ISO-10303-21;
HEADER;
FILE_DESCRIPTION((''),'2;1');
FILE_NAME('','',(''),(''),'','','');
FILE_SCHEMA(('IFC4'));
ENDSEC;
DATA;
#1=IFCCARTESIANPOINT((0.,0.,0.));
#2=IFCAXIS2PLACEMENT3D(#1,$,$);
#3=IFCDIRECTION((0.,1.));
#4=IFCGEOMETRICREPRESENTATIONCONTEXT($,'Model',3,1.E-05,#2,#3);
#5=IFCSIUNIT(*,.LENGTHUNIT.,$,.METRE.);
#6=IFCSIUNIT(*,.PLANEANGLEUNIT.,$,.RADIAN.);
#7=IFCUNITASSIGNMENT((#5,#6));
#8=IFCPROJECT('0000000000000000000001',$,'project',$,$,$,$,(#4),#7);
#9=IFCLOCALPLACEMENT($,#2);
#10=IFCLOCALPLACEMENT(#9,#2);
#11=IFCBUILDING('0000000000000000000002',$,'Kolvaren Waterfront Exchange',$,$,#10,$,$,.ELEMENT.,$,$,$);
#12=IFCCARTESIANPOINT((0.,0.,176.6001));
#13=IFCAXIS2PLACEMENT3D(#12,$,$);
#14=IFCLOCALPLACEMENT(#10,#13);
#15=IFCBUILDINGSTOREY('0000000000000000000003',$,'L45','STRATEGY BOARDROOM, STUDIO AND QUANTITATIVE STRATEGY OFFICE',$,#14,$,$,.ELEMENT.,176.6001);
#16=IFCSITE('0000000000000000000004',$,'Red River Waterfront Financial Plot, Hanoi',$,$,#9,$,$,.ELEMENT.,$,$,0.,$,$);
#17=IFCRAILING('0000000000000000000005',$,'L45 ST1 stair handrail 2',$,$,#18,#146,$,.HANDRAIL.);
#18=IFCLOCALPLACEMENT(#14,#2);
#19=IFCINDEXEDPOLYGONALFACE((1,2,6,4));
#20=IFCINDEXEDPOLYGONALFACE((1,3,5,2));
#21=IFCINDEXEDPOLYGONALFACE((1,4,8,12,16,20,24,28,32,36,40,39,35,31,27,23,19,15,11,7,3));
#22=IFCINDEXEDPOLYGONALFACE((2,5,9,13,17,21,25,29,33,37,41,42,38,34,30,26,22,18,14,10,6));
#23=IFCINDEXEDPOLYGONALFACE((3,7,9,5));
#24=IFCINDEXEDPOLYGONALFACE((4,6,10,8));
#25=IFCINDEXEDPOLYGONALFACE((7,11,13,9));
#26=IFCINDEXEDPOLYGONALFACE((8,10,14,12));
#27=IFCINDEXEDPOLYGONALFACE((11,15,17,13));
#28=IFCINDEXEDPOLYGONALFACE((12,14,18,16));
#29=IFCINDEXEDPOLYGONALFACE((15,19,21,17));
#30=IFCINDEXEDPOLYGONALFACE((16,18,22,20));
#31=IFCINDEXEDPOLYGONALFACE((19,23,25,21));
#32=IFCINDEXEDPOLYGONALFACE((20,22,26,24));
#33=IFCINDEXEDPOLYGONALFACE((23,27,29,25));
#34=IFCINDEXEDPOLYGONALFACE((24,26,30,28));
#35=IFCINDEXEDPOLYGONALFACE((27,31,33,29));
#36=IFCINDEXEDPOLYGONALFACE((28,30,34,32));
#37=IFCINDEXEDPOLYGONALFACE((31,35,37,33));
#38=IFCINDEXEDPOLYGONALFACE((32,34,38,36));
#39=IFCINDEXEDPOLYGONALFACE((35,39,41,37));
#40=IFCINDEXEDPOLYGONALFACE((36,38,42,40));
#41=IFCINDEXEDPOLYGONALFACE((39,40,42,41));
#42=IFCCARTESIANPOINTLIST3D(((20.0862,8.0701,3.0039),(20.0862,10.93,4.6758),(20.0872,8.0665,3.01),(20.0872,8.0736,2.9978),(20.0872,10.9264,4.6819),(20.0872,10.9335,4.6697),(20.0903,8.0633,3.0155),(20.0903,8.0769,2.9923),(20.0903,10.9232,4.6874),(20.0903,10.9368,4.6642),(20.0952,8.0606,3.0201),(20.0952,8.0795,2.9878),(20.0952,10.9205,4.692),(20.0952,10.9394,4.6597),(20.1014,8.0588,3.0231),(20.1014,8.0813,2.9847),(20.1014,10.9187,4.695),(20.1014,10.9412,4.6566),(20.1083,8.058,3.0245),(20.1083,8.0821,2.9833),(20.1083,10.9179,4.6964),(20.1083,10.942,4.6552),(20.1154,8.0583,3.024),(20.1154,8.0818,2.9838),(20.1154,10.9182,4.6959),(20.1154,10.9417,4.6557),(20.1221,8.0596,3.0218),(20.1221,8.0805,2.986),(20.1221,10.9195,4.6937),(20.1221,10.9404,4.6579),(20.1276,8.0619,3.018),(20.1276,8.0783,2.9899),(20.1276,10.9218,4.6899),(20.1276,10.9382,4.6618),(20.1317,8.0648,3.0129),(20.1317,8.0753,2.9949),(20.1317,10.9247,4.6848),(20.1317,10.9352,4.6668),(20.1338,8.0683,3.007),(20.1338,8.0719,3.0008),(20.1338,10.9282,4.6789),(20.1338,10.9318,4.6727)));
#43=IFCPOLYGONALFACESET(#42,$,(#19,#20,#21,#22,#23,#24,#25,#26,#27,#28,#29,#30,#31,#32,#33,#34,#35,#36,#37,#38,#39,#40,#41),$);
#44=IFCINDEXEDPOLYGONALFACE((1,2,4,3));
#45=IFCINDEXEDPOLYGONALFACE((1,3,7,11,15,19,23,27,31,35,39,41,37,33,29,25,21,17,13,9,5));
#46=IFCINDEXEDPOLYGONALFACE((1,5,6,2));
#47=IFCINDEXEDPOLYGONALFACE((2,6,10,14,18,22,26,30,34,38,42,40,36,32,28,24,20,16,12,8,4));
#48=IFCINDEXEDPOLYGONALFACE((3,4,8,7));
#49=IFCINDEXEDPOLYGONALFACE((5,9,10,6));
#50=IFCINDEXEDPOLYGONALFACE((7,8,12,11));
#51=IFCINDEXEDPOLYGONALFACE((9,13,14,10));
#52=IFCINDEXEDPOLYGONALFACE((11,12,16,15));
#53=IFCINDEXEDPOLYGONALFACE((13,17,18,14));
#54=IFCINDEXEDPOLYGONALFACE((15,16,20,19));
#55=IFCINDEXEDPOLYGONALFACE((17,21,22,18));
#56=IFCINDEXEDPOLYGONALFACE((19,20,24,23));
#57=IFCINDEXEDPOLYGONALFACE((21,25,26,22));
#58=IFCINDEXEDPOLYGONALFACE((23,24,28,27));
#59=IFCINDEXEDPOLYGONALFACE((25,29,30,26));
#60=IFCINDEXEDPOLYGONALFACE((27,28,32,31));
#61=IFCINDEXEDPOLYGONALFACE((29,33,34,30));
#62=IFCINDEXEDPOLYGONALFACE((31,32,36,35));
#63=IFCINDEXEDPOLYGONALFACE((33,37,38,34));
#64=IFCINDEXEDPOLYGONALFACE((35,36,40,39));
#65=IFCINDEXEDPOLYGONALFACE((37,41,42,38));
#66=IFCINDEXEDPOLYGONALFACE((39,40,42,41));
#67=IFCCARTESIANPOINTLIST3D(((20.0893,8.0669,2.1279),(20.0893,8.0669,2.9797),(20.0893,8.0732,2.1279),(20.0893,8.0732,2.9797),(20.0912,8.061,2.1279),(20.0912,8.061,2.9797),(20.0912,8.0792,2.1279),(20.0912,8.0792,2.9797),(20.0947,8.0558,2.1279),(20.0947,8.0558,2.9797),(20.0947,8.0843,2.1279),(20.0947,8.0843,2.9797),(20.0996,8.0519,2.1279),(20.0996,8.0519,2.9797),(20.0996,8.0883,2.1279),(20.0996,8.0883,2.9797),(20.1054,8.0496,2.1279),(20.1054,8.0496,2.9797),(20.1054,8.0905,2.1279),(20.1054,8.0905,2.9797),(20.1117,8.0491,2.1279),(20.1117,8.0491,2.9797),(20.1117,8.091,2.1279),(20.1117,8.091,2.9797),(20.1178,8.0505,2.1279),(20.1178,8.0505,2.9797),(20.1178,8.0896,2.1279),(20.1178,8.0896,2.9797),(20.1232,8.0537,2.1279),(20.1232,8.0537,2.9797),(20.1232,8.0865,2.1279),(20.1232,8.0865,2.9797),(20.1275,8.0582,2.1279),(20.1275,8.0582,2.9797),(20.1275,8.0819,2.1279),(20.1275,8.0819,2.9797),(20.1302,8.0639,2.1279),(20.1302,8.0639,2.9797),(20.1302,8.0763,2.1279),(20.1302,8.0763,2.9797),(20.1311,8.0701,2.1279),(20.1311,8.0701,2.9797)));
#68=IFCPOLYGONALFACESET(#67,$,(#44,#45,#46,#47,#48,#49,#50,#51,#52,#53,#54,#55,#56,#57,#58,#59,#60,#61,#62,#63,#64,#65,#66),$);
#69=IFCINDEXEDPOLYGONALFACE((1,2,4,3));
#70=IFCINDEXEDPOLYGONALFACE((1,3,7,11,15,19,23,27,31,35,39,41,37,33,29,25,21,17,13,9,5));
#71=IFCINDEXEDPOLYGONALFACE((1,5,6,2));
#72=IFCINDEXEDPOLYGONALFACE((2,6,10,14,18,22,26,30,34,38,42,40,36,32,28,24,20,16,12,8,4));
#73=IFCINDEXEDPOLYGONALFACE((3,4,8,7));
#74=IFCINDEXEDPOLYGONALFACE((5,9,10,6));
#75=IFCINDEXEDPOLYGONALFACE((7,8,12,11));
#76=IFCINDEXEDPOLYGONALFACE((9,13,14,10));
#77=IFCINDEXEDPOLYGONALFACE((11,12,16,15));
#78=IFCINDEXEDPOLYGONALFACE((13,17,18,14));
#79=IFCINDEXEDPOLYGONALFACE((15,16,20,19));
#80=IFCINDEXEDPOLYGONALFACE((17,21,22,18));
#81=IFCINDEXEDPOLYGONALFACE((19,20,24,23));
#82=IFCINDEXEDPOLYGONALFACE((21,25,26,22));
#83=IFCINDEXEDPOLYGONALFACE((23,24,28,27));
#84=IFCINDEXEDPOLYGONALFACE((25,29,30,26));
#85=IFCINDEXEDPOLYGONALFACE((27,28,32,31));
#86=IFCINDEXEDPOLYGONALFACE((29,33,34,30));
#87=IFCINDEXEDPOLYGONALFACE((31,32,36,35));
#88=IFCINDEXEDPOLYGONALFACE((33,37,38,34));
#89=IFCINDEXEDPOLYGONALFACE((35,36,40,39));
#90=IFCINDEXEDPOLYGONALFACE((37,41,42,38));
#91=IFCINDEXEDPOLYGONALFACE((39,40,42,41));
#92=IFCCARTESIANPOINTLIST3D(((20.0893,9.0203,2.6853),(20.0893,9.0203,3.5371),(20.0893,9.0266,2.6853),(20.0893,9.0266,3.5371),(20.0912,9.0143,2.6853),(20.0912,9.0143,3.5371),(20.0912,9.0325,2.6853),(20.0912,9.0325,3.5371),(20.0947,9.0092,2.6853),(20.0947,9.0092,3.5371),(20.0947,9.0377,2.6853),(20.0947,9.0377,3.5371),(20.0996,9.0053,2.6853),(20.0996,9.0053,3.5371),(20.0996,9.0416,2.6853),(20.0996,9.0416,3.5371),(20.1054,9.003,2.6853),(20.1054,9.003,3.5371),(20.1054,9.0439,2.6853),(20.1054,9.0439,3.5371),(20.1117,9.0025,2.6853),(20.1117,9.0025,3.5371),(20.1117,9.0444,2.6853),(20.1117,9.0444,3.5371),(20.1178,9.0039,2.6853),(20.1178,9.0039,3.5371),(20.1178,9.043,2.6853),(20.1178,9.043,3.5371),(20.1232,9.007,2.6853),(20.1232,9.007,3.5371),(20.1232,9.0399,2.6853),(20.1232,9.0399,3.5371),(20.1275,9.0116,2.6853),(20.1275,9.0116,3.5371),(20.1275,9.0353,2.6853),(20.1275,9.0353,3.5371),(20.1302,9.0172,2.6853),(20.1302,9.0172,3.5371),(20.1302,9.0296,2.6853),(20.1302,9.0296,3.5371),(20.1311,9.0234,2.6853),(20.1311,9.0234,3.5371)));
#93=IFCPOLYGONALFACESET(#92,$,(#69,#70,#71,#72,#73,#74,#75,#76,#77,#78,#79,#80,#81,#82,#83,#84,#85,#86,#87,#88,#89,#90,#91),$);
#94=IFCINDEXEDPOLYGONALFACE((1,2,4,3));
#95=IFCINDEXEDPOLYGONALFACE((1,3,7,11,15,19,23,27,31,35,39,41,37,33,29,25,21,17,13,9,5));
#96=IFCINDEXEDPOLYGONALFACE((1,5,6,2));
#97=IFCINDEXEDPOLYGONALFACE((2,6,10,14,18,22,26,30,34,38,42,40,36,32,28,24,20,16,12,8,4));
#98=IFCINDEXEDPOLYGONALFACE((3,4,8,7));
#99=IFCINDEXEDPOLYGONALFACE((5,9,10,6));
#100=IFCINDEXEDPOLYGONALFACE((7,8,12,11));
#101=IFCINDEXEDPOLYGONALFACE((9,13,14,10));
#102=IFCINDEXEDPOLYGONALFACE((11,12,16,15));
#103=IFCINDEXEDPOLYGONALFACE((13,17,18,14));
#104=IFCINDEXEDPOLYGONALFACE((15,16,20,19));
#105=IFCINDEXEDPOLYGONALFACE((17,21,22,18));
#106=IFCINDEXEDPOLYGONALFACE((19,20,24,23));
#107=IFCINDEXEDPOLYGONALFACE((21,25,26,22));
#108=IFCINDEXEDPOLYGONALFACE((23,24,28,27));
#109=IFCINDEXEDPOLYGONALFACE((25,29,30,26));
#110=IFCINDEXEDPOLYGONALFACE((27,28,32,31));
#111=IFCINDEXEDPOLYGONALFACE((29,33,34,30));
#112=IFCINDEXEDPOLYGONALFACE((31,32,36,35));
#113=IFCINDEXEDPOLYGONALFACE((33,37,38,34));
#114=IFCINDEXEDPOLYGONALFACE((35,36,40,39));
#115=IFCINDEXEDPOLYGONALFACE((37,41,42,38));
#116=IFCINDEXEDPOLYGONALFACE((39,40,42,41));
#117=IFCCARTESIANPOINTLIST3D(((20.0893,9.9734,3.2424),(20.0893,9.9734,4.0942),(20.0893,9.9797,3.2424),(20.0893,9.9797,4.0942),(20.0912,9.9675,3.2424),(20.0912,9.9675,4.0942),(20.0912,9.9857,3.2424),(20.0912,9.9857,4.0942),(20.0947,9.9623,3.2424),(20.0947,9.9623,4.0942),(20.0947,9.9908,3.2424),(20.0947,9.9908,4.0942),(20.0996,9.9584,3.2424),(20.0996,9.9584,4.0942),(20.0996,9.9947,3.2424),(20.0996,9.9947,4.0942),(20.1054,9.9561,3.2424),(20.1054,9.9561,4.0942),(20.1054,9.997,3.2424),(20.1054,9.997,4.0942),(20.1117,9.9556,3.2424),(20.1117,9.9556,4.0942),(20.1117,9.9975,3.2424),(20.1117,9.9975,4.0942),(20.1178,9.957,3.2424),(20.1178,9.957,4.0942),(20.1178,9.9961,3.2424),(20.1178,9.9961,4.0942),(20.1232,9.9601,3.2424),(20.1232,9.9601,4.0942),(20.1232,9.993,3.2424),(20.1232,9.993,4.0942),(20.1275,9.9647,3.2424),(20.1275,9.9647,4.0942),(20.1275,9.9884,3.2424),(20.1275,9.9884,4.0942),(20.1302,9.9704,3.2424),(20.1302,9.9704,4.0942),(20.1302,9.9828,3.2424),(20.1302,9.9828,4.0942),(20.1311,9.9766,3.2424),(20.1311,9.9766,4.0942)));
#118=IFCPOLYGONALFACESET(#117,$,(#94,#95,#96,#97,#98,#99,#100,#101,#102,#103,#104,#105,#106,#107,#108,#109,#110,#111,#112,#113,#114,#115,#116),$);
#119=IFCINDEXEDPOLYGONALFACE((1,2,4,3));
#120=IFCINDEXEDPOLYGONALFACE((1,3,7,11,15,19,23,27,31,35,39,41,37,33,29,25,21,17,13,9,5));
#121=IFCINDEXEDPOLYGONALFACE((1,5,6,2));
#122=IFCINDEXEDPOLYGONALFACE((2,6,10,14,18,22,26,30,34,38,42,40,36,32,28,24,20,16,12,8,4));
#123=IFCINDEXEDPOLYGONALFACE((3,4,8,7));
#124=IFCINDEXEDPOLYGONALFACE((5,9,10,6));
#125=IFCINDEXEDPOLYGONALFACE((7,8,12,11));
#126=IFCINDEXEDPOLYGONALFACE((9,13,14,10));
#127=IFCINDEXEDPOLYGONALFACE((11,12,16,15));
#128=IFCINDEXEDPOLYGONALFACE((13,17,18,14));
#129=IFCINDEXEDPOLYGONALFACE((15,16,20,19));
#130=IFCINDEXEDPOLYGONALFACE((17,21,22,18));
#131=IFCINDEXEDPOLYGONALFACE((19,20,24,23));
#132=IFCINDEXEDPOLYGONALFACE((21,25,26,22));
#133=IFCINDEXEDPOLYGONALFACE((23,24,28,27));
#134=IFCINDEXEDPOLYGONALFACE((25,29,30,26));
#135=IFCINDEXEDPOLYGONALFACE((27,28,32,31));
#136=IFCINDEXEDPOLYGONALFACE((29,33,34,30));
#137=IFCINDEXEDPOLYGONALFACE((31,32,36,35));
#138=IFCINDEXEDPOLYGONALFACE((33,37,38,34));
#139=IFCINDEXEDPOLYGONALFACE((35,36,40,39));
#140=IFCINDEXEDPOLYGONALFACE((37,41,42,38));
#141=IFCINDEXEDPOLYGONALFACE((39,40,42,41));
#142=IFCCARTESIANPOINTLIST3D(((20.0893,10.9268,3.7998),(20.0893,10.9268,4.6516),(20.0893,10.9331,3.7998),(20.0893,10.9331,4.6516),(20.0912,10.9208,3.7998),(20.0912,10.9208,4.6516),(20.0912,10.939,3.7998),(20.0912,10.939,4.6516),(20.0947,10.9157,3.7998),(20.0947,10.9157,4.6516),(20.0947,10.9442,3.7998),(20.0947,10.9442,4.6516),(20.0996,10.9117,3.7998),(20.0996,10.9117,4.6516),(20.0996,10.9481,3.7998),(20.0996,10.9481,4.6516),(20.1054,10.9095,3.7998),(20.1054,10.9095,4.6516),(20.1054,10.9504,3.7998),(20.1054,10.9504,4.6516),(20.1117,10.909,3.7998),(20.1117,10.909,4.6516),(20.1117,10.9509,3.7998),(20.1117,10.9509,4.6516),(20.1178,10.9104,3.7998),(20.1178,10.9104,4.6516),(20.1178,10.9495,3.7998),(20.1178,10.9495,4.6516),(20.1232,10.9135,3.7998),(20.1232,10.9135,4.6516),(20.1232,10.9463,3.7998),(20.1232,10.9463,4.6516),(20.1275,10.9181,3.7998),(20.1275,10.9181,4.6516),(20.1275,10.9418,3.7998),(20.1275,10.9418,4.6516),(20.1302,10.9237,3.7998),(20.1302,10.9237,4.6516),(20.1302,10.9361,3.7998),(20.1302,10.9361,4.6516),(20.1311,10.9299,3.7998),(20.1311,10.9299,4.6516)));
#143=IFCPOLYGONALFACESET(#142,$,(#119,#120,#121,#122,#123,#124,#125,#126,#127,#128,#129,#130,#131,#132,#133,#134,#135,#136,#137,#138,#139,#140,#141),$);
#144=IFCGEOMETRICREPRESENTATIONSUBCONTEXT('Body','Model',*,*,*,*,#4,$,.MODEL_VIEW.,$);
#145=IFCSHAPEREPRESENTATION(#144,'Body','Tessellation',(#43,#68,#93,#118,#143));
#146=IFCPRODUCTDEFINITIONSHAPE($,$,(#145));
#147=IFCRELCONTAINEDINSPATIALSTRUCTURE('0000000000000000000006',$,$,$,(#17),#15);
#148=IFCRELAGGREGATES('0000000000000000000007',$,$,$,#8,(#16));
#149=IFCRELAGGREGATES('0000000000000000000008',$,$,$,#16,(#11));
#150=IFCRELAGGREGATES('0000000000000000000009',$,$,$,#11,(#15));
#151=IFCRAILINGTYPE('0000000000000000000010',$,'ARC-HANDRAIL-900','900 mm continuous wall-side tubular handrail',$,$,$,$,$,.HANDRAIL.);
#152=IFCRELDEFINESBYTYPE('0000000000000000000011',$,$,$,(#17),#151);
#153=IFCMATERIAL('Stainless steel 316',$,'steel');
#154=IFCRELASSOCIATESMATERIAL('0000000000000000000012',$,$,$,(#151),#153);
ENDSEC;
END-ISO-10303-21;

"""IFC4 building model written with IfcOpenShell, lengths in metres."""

from ifc_helpers import new_model, si_unit, direction, frame, origin, origin_2d, place, context, subcontext, project, spatial, circle, extrude, material, type_object, element, save


model = new_model("IFC4")

# Units and contexts
model_context = context("Model", 3, precision=1e-05, world=origin(), true_north=direction((0.0, 1.0)))
body_context = subcontext(model_context, "Body", "Model", "MODEL_VIEW")
ifc_project = project(units=[si_unit("LENGTHUNIT", "METRE"), si_unit("PLANEANGLEUNIT", "RADIAN")], contexts=[model_context])

# Site, building, storey
site_placement = place(None, origin())
site = spatial("IfcSite", under=ifc_project, at=site_placement, Name="Red River Waterfront Financial Plot, Hanoi", CompositionType="ELEMENT", RefElevation=0.0)
building_placement = place(site_placement, origin())
building = spatial("IfcBuilding", under=site, at=building_placement, Name="Kolvaren Waterfront Exchange", CompositionType="ELEMENT")
storey_placement = place(building_placement, frame((0.0, 0.0, 176.6001)))
storey = spatial("IfcBuildingStorey", under=building, at=storey_placement, Name="L45", Description="STRATEGY BOARDROOM, STUDIO AND QUANTITATIVE STRATEGY OFFICE", CompositionType="ELEMENT", Elevation=176.6001)

# Railing
ifc_material_1 = material(Name="Stainless steel 316", Category="steel")
railing_type_1 = type_object("IfcRailingType", Name="ARC-HANDRAIL-900", Description="900 mm continuous wall-side tubular handrail", PredefinedType="HANDRAIL", material=ifc_material_1)
railing_1_placement = place(storey_placement, frame((20.1101, 8.0701, 2.1279)))
element("IfcRailing", 1, at=railing_1_placement, inside=storey, type_object=railing_type_1, Name="L45 ST1 stair handrail 2", PredefinedType="HANDRAIL", context=body_context, shape_type="SweptSolid", body=[
    extrude(circle(Radius=0.0239, at=origin_2d()), frame((0.0, 0.0, 0.876), z_axis=(0.0, 0.863303, 0.504686), x_axis=(-1.0, 0.0, 0.0)), (0.0, 0.0, 1.0), 3.3127),
    extrude(circle(Radius=0.021, at=origin_2d()), origin(), (0.0, 0.0, 1.0), 0.8518),
    extrude(circle(Radius=0.021, at=origin_2d()), frame((0.0, 0.9534, 0.5574)), (0.0, 0.0, 1.0), 0.8518),
    extrude(circle(Radius=0.021, at=origin_2d()), frame((0.0, 1.9065, 1.1145)), (0.0, 0.0, 1.0), 0.8518),
    extrude(circle(Radius=0.021, at=origin_2d()), frame((0.0, 2.8599, 1.6719)), (0.0, 0.0, 1.0), 0.8518),
])

save(model, "model.ifc")
